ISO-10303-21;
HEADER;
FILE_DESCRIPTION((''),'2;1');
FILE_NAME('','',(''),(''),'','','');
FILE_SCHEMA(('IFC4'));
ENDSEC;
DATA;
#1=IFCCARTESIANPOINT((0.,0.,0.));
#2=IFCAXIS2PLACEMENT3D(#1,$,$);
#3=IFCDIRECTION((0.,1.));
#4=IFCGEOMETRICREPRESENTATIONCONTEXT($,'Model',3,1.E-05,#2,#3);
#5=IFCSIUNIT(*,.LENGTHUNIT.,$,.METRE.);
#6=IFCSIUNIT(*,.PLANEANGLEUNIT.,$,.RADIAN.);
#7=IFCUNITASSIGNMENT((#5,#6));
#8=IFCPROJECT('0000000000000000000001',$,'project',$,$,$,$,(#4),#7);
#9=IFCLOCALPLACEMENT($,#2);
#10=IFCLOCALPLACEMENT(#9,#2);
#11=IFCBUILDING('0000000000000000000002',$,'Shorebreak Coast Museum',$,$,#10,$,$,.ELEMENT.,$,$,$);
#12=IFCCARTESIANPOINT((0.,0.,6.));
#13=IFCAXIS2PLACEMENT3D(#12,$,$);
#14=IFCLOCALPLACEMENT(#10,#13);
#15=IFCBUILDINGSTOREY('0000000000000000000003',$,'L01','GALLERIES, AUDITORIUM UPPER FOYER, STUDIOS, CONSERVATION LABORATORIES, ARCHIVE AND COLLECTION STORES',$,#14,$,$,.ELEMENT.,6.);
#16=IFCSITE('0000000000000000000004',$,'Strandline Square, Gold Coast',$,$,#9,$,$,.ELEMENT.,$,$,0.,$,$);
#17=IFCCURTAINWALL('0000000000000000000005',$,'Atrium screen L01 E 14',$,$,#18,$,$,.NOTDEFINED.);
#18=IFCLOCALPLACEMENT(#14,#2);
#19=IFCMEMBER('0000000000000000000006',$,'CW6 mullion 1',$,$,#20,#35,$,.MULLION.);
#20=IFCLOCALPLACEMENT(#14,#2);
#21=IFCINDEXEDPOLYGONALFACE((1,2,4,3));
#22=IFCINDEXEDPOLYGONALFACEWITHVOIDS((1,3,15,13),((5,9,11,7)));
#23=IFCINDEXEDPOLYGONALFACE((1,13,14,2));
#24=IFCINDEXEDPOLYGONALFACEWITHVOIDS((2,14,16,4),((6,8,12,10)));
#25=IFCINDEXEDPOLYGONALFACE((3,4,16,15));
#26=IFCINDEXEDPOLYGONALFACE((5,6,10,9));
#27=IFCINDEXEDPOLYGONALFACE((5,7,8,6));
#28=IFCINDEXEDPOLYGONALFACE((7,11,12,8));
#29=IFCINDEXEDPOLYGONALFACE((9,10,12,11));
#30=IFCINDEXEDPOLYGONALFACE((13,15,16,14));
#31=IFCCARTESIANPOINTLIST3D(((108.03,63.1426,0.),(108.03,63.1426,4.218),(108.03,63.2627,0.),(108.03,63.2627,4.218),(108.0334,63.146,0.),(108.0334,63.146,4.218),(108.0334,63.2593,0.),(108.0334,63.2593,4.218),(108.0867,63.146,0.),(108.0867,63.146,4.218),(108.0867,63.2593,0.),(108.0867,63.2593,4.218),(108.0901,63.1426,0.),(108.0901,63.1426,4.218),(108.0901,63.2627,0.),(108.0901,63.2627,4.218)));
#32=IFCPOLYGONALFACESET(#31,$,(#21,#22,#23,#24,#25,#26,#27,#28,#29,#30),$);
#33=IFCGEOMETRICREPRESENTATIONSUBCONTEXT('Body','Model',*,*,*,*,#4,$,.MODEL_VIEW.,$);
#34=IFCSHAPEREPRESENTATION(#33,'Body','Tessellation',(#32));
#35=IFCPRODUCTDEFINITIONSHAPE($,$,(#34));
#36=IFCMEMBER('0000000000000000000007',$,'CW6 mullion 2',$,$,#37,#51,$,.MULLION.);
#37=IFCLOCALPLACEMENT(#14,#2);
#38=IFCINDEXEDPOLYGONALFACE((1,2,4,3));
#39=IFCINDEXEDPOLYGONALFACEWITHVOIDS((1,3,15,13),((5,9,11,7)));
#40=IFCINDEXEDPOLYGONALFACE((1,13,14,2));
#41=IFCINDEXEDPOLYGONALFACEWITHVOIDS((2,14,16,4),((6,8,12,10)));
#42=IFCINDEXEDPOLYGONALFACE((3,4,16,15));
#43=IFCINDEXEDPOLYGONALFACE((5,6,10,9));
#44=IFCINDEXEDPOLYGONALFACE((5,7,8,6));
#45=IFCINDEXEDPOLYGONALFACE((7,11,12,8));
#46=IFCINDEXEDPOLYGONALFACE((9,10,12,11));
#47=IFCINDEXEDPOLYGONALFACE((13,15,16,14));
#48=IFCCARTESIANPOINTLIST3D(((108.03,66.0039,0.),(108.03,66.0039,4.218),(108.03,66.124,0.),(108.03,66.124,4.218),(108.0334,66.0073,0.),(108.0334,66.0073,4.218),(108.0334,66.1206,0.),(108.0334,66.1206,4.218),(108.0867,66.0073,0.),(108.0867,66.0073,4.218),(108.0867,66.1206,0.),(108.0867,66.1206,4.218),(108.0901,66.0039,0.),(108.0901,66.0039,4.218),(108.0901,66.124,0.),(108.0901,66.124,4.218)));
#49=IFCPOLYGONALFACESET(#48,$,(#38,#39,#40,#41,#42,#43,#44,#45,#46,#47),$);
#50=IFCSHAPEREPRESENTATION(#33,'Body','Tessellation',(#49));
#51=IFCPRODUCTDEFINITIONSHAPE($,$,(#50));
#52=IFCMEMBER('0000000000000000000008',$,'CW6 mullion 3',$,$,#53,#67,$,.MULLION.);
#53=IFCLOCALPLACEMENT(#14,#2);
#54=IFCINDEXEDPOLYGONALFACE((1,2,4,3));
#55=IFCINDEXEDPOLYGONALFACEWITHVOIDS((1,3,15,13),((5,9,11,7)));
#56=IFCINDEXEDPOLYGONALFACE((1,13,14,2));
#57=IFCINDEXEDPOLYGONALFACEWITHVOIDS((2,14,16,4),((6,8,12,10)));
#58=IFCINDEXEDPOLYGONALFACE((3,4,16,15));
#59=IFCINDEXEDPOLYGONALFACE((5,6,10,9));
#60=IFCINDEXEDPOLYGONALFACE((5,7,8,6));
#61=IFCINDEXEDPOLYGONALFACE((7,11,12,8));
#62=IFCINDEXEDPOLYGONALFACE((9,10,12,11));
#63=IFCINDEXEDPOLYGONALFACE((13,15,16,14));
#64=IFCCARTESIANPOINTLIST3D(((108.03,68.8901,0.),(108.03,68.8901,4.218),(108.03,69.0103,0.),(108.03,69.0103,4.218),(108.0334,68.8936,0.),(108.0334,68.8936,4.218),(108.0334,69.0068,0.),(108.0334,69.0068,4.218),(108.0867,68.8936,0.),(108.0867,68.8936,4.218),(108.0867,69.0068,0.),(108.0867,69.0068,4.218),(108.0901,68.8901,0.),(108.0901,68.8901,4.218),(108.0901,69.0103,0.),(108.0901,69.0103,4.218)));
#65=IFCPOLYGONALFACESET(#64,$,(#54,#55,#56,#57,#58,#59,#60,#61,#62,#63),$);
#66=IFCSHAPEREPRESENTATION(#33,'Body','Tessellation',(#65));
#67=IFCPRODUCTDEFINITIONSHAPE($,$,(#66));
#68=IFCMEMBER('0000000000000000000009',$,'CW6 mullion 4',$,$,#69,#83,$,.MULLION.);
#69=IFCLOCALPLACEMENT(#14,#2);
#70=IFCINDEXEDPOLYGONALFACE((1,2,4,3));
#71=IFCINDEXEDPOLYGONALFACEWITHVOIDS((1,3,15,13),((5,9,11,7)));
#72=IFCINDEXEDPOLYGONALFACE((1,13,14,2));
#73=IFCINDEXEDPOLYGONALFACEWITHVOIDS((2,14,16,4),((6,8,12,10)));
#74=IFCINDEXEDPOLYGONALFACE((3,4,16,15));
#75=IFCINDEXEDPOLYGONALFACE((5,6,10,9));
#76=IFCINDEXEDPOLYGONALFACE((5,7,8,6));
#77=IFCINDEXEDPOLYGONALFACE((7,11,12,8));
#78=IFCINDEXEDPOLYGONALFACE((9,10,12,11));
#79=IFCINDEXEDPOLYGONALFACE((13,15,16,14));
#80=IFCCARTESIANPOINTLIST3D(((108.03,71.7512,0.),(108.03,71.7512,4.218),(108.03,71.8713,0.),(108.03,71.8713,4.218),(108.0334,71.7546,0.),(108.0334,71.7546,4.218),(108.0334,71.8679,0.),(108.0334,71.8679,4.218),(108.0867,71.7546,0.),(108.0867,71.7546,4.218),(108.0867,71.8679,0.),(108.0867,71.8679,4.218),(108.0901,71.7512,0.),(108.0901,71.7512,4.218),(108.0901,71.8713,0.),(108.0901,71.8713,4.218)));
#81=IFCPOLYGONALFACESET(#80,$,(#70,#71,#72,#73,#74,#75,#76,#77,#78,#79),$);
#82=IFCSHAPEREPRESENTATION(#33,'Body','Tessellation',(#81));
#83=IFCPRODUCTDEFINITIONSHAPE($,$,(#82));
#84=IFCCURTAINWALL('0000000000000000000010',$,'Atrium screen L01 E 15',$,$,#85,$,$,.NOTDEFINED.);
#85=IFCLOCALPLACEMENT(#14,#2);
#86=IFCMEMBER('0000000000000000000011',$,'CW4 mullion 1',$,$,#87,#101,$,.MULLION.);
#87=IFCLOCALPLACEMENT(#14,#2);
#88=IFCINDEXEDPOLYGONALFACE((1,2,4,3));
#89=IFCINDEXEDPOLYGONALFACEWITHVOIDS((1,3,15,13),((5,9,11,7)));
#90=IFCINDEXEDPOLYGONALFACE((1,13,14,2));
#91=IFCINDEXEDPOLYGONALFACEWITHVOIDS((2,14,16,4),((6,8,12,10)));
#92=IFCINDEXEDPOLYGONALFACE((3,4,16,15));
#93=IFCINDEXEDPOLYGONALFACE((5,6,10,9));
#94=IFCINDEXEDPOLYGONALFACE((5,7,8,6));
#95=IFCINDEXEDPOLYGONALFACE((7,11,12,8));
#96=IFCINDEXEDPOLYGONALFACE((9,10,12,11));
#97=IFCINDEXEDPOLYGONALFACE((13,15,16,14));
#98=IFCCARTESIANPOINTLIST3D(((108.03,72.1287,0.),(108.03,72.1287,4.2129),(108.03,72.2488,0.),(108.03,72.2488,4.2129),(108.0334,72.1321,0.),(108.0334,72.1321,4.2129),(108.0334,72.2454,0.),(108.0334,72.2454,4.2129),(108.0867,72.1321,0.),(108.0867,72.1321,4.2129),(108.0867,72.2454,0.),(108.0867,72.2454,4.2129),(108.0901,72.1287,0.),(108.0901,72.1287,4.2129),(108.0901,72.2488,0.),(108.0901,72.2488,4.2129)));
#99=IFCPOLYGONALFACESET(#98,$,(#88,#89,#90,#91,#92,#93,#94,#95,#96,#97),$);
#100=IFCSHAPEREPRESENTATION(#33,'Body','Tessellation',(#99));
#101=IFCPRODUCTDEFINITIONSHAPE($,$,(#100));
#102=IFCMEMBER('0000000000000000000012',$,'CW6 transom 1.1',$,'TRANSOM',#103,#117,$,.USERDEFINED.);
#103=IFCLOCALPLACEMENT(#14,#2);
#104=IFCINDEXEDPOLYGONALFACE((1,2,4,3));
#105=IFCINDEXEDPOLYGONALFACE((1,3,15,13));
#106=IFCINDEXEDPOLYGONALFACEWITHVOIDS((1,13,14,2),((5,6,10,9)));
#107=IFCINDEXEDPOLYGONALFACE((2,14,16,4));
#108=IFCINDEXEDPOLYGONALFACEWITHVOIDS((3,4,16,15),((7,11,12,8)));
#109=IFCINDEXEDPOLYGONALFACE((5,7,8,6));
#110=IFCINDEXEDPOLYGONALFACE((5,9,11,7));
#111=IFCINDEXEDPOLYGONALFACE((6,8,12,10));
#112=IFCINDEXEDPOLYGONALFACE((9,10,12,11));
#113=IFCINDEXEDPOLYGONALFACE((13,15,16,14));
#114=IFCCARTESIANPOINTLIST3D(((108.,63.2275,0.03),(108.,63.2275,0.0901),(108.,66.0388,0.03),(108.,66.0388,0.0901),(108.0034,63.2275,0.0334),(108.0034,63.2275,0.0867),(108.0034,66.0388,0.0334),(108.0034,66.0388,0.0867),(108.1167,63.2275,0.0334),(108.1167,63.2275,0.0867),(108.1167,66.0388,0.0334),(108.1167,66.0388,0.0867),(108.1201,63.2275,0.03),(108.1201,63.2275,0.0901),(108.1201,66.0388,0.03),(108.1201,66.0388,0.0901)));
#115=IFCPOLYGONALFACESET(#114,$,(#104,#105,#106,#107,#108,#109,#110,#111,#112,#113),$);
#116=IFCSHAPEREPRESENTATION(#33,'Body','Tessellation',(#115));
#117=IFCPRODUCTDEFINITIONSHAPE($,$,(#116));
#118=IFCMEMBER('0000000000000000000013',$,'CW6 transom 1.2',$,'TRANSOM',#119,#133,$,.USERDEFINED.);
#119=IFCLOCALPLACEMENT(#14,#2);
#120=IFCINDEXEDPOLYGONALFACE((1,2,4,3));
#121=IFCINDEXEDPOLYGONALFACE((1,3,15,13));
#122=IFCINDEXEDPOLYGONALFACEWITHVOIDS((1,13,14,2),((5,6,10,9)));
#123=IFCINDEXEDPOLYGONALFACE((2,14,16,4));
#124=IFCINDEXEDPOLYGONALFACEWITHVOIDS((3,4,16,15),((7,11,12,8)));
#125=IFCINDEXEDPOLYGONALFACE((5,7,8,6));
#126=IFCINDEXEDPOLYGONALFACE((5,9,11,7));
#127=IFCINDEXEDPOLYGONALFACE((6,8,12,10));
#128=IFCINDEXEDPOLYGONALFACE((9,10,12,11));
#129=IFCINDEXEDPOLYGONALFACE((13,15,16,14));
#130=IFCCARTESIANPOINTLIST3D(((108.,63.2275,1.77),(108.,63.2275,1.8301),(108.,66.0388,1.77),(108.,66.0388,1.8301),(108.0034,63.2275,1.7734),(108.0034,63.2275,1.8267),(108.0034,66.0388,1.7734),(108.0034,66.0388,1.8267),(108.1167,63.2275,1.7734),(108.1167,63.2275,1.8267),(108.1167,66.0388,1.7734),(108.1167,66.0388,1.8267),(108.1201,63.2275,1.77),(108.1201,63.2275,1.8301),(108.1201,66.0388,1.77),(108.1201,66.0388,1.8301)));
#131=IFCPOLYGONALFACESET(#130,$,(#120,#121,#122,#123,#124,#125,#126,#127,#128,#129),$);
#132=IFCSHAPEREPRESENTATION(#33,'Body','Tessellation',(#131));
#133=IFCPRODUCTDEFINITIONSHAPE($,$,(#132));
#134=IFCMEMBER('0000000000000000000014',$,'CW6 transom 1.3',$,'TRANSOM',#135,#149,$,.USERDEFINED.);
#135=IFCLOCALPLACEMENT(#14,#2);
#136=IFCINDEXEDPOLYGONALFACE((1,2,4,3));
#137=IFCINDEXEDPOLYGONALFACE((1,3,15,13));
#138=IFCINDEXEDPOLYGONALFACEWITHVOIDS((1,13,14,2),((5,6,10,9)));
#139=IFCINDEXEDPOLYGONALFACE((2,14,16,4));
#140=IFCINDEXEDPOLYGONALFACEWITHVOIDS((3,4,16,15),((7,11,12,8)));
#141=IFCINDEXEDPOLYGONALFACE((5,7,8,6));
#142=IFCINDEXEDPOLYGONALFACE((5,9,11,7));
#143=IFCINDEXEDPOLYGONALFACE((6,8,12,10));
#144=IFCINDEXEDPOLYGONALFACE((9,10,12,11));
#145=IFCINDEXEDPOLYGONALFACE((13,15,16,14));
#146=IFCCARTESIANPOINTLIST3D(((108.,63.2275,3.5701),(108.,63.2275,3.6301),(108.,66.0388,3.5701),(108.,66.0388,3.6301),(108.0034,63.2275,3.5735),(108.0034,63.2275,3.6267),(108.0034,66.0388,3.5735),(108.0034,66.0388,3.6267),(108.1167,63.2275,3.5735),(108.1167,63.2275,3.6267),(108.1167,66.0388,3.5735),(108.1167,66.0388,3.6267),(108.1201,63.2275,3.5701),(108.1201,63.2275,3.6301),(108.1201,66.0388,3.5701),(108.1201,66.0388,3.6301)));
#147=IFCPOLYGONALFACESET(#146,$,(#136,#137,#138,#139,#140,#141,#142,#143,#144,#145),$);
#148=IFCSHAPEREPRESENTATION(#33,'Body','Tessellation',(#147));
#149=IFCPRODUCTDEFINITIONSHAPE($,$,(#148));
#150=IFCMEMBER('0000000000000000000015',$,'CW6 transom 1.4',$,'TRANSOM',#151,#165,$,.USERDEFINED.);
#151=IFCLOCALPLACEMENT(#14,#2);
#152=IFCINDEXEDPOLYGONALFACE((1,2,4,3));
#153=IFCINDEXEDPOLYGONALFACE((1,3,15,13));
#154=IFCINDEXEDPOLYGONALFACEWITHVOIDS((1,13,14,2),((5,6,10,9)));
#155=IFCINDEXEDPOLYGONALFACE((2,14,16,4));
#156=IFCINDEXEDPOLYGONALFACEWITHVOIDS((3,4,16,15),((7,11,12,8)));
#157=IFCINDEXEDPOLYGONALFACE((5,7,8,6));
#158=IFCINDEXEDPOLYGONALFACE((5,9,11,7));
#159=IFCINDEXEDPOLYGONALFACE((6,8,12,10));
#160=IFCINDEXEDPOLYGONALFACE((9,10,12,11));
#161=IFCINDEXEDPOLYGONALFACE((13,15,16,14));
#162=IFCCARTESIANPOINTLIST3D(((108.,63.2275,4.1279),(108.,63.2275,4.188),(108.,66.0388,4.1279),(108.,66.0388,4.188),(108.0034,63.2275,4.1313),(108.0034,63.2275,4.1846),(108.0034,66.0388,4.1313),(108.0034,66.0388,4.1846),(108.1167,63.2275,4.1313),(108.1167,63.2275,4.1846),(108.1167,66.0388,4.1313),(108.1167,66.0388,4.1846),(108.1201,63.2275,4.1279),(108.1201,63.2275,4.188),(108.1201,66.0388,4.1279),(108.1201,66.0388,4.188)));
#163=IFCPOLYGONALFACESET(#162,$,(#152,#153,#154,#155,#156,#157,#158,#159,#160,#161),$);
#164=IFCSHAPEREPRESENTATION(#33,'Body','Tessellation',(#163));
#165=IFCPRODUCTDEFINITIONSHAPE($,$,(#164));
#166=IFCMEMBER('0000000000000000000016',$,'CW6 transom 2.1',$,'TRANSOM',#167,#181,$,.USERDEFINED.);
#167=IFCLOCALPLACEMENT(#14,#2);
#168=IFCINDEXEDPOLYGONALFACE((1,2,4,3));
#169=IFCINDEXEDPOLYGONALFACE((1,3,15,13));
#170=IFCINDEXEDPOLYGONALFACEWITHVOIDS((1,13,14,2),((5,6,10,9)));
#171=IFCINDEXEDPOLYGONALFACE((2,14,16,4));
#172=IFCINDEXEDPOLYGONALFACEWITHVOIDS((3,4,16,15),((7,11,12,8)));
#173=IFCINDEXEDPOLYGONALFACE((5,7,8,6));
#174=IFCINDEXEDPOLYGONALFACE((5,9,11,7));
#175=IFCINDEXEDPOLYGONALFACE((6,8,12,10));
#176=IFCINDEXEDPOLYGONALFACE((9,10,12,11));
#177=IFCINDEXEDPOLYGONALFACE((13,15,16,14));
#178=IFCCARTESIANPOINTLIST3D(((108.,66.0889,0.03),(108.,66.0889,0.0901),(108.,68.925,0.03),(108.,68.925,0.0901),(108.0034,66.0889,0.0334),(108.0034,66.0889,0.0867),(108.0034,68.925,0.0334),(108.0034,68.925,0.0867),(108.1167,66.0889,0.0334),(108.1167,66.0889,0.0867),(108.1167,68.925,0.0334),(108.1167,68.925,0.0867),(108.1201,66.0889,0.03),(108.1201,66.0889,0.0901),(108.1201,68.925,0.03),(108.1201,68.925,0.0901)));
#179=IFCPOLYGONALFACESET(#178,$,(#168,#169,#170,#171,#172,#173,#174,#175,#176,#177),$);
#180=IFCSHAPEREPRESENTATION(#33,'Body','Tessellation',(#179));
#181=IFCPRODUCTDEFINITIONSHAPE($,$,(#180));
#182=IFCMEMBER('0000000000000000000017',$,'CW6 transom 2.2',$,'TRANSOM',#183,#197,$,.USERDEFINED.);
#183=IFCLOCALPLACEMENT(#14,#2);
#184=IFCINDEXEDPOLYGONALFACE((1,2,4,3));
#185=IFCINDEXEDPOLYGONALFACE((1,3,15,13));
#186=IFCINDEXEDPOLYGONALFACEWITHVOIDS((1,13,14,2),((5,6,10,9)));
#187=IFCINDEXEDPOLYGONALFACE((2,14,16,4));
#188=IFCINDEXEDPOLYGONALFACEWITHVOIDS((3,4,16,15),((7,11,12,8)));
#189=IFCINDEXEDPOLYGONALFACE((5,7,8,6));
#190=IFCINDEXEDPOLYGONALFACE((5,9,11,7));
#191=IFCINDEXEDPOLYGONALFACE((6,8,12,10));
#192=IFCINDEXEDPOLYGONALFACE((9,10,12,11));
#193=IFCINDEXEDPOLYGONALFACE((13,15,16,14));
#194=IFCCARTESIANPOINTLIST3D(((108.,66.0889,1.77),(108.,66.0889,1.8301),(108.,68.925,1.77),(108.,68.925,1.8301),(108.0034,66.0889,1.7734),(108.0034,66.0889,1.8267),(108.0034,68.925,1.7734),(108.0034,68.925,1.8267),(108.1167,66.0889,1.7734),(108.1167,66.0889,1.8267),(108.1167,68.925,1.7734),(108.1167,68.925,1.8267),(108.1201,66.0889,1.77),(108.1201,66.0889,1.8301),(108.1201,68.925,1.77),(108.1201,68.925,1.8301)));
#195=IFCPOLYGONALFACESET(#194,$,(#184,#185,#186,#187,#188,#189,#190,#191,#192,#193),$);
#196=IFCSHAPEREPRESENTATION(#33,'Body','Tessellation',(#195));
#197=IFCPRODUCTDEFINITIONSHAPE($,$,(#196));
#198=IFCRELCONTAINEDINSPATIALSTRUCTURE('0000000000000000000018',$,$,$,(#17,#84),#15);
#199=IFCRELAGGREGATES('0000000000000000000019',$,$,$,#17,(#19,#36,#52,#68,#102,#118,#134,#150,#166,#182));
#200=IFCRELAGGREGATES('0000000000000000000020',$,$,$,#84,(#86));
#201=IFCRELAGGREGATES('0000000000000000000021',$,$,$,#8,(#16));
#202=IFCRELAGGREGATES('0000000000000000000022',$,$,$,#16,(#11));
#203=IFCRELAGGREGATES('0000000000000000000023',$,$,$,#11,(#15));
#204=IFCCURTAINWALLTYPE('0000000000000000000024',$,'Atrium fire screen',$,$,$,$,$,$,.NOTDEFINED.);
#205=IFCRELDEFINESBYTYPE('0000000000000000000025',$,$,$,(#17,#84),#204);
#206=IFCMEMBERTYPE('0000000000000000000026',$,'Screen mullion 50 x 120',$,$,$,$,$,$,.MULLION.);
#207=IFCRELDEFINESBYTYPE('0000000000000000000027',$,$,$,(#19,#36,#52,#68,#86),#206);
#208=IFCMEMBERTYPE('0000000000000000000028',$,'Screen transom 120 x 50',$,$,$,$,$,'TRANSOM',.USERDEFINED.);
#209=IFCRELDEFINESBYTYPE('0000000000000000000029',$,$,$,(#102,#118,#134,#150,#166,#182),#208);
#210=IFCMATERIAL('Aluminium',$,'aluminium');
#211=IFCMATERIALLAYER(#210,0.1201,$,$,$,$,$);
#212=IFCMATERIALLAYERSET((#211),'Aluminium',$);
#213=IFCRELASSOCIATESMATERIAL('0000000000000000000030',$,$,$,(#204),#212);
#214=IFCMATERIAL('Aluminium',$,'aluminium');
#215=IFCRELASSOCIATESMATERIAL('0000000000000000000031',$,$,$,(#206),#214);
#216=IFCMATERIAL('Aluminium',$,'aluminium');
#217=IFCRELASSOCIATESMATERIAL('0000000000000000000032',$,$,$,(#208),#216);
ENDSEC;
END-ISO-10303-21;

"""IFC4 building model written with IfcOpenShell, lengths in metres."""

from ifc_helpers import new_model, si_unit, direction, frame, origin, origin_2d, place, context, subcontext, project, spatial, hollow_rectangle, extrude, material, layer, layer_set, material_profile, profile_set, type_object, element, aggregate, save


model = new_model("IFC4")

# Units and contexts
model_context = context("Model", 3, precision=1e-05, world=origin(), true_north=direction((0.0, 1.0)))
body_context = subcontext(model_context, "Body", "Model", "MODEL_VIEW")
ifc_project = project(units=[si_unit("LENGTHUNIT", "METRE"), si_unit("PLANEANGLEUNIT", "RADIAN")], contexts=[model_context])

# Site, building, storey
site_placement = place(None, origin())
site = spatial("IfcSite", under=ifc_project, at=site_placement, Name="Strandline Square, Gold Coast", CompositionType="ELEMENT", RefElevation=0.0)
building_placement = place(site_placement, origin())
building = spatial("IfcBuilding", under=site, at=building_placement, Name="Shorebreak Coast Museum", CompositionType="ELEMENT")
storey_placement = place(building_placement, frame((0.0, 0.0, 6.0)))
storey = spatial("IfcBuildingStorey", under=building, at=storey_placement, Name="L01", Description="GALLERIES, AUDITORIUM UPPER FOYER, STUDIOS, CONSERVATION LABORATORIES, ARCHIVE AND COLLECTION STORES", CompositionType="ELEMENT", Elevation=6.0)

# Curtain wall, members
ifc_material_1 = material(Name="Aluminium", Category="aluminium")
ifc_layer_1 = layer(ifc_material_1, 0.1201)
ifc_layer_set_1 = layer_set([ifc_layer_1], Name="Aluminium")
curtain_wall_type = type_object("IfcCurtainWallType", Name="Atrium fire screen", PredefinedType="NOTDEFINED", material=ifc_layer_set_1)
curtain_wall_1_placement = place(storey_placement, origin())
curtain_wall_1 = element("IfcCurtainWall", 1, at=curtain_wall_1_placement, inside=storey, type_object=curtain_wall_type, Name="Atrium screen L01 E 14", PredefinedType="NOTDEFINED")
ifc_material_2 = material(Name="Aluminium", Category="aluminium")
ifc_material_profile_1 = material_profile(ifc_material_2, hollow_rectangle(XDim=0.0601, YDim=0.1201, WallThickness=0.0034, at=origin_2d()), Name="AL 120x60 RHS")
ifc_profile_set_1 = profile_set([ifc_material_profile_1], Name="Aluminium")
member_type_1 = type_object("IfcMemberType", Name="Screen mullion 50 x 120", PredefinedType="MULLION", material=ifc_profile_set_1)
member_1_placement = place(storey_placement, frame((108.0601, 63.2026, 0.0), z_axis=(0.0, 0.0, 1.0), x_axis=(-1.0, 0.0, 0.0)))
member_1 = element("IfcMember", 2, at=member_1_placement, type_object=member_type_1, Name="CW6 mullion 1", PredefinedType="MULLION", context=body_context, shape_type="SweptSolid", body=[
    extrude(hollow_rectangle(XDim=0.0601, YDim=0.1201, WallThickness=0.0034, at=origin_2d()), origin(), (0.0, 0.0, 1.0), 4.218),
])
member_2_placement = place(storey_placement, frame((108.0601, 66.064, 0.0), z_axis=(0.0, 0.0, 1.0), x_axis=(-1.0, 0.0, 0.0)))
member_2 = element("IfcMember", 3, at=member_2_placement, type_object=member_type_1, Name="CW6 mullion 2", PredefinedType="MULLION", context=body_context, shape_type="SweptSolid", body=[
    extrude(hollow_rectangle(XDim=0.0601, YDim=0.1201, WallThickness=0.0034, at=origin_2d()), origin(), (0.0, 0.0, 1.0), 4.218),
])
member_3_placement = place(storey_placement, frame((108.0601, 68.9502, 0.0), z_axis=(0.0, 0.0, 1.0), x_axis=(-1.0, 0.0, 0.0)))
member_3 = element("IfcMember", 4, at=member_3_placement, type_object=member_type_1, Name="CW6 mullion 3", PredefinedType="MULLION", context=body_context, shape_type="SweptSolid", body=[
    extrude(hollow_rectangle(XDim=0.0601, YDim=0.1201, WallThickness=0.0034, at=origin_2d()), origin(), (0.0, 0.0, 1.0), 4.218),
])
member_4_placement = place(storey_placement, frame((108.0601, 71.8113, 0.0), z_axis=(0.0, 0.0, 1.0), x_axis=(-1.0, 0.0, 0.0)))
member_4 = element("IfcMember", 5, at=member_4_placement, type_object=member_type_1, Name="CW6 mullion 4", PredefinedType="MULLION", context=body_context, shape_type="SweptSolid", body=[
    extrude(hollow_rectangle(XDim=0.0601, YDim=0.1201, WallThickness=0.0034, at=origin_2d()), origin(), (0.0, 0.0, 1.0), 4.218),
])

# Curtain wall, member
curtain_wall_2_placement = place(storey_placement, origin())
curtain_wall_2 = element("IfcCurtainWall", 6, at=curtain_wall_2_placement, inside=storey, type_object=curtain_wall_type, Name="Atrium screen L01 E 15", PredefinedType="NOTDEFINED")
member_5_placement = place(storey_placement, frame((108.0601, 72.1887, 0.0), z_axis=(0.0, 0.0, 1.0), x_axis=(-1.0, 0.0, 0.0)))
member_5 = element("IfcMember", 7, at=member_5_placement, type_object=member_type_1, Name="CW4 mullion 1", PredefinedType="MULLION", context=body_context, shape_type="SweptSolid", body=[
    extrude(hollow_rectangle(XDim=0.0601, YDim=0.1201, WallThickness=0.0034, at=origin_2d()), origin(), (0.0, 0.0, 1.0), 4.2129),
])

# Members
ifc_material_3 = material(Name="Aluminium", Category="aluminium")
ifc_material_profile_2 = material_profile(ifc_material_3, hollow_rectangle(XDim=0.1201, YDim=0.0601, WallThickness=0.0034, at=origin_2d()), Name="AL 60x120 RHS")
ifc_profile_set_2 = profile_set([ifc_material_profile_2], Name="Aluminium")
member_type_2 = type_object("IfcMemberType", Name="Screen transom 120 x 50", ElementType="TRANSOM", PredefinedType="USERDEFINED", material=ifc_profile_set_2)
member_6_placement = place(storey_placement, frame((108.0601, 63.2275, 0.0601), z_axis=(0.0, 1.0, 0.0), x_axis=(-1.0, 0.0, 0.0)))
member_6 = element("IfcMember", 8, at=member_6_placement, type_object=member_type_2, Name="CW6 transom 1.1", ObjectType="TRANSOM", PredefinedType="USERDEFINED", context=body_context, shape_type="SweptSolid", body=[
    extrude(hollow_rectangle(XDim=0.1201, YDim=0.0601, WallThickness=0.0034, at=origin_2d()), origin(), (0.0, 0.0, 1.0), 2.8113),
])
member_7_placement = place(storey_placement, frame((108.0601, 63.2275, 1.8), z_axis=(0.0, 1.0, 0.0), x_axis=(-1.0, 0.0, 0.0)))
member_7 = element("IfcMember", 9, at=member_7_placement, type_object=member_type_2, Name="CW6 transom 1.2", ObjectType="TRANSOM", PredefinedType="USERDEFINED", context=body_context, shape_type="SweptSolid", body=[
    extrude(hollow_rectangle(XDim=0.1201, YDim=0.0601, WallThickness=0.0034, at=origin_2d()), origin(), (0.0, 0.0, 1.0), 2.8113),
])
member_8_placement = place(storey_placement, frame((108.0601, 63.2275, 3.6001), z_axis=(0.0, 1.0, 0.0), x_axis=(-1.0, 0.0, 0.0)))
member_8 = element("IfcMember", 10, at=member_8_placement, type_object=member_type_2, Name="CW6 transom 1.3", ObjectType="TRANSOM", PredefinedType="USERDEFINED", context=body_context, shape_type="SweptSolid", body=[
    extrude(hollow_rectangle(XDim=0.1201, YDim=0.0601, WallThickness=0.0034, at=origin_2d()), origin(), (0.0, 0.0, 1.0), 2.8113),
])
member_9_placement = place(storey_placement, frame((108.0601, 63.2275, 4.158), z_axis=(0.0, 1.0, 0.0), x_axis=(-1.0, 0.0, 0.0)))
member_9 = element("IfcMember", 11, at=member_9_placement, type_object=member_type_2, Name="CW6 transom 1.4", ObjectType="TRANSOM", PredefinedType="USERDEFINED", context=body_context, shape_type="SweptSolid", body=[
    extrude(hollow_rectangle(XDim=0.1201, YDim=0.0601, WallThickness=0.0034, at=origin_2d()), origin(), (0.0, 0.0, 1.0), 2.8113),
])
member_10_placement = place(storey_placement, frame((108.0601, 66.0889, 0.0601), z_axis=(0.0, 1.0, 0.0), x_axis=(-1.0, 0.0, 0.0)))
member_10 = element("IfcMember", 12, at=member_10_placement, type_object=member_type_2, Name="CW6 transom 2.1", ObjectType="TRANSOM", PredefinedType="USERDEFINED", context=body_context, shape_type="SweptSolid", body=[
    extrude(hollow_rectangle(XDim=0.1201, YDim=0.0601, WallThickness=0.0034, at=origin_2d()), origin(), (0.0, 0.0, 1.0), 2.8362),
])
member_11_placement = place(storey_placement, frame((108.0601, 66.0889, 1.8), z_axis=(0.0, 1.0, 0.0), x_axis=(-1.0, 0.0, 0.0)))
member_11 = element("IfcMember", 13, at=member_11_placement, type_object=member_type_2, Name="CW6 transom 2.2", ObjectType="TRANSOM", PredefinedType="USERDEFINED", context=body_context, shape_type="SweptSolid", body=[
    extrude(hollow_rectangle(XDim=0.1201, YDim=0.0601, WallThickness=0.0034, at=origin_2d()), origin(), (0.0, 0.0, 1.0), 2.8362),
])

aggregate(curtain_wall_1, [member_1, member_2, member_3, member_4, member_6, member_7, member_8, member_9, member_10, member_11])
aggregate(curtain_wall_2, [member_5])

save(model, "model.ifc")
